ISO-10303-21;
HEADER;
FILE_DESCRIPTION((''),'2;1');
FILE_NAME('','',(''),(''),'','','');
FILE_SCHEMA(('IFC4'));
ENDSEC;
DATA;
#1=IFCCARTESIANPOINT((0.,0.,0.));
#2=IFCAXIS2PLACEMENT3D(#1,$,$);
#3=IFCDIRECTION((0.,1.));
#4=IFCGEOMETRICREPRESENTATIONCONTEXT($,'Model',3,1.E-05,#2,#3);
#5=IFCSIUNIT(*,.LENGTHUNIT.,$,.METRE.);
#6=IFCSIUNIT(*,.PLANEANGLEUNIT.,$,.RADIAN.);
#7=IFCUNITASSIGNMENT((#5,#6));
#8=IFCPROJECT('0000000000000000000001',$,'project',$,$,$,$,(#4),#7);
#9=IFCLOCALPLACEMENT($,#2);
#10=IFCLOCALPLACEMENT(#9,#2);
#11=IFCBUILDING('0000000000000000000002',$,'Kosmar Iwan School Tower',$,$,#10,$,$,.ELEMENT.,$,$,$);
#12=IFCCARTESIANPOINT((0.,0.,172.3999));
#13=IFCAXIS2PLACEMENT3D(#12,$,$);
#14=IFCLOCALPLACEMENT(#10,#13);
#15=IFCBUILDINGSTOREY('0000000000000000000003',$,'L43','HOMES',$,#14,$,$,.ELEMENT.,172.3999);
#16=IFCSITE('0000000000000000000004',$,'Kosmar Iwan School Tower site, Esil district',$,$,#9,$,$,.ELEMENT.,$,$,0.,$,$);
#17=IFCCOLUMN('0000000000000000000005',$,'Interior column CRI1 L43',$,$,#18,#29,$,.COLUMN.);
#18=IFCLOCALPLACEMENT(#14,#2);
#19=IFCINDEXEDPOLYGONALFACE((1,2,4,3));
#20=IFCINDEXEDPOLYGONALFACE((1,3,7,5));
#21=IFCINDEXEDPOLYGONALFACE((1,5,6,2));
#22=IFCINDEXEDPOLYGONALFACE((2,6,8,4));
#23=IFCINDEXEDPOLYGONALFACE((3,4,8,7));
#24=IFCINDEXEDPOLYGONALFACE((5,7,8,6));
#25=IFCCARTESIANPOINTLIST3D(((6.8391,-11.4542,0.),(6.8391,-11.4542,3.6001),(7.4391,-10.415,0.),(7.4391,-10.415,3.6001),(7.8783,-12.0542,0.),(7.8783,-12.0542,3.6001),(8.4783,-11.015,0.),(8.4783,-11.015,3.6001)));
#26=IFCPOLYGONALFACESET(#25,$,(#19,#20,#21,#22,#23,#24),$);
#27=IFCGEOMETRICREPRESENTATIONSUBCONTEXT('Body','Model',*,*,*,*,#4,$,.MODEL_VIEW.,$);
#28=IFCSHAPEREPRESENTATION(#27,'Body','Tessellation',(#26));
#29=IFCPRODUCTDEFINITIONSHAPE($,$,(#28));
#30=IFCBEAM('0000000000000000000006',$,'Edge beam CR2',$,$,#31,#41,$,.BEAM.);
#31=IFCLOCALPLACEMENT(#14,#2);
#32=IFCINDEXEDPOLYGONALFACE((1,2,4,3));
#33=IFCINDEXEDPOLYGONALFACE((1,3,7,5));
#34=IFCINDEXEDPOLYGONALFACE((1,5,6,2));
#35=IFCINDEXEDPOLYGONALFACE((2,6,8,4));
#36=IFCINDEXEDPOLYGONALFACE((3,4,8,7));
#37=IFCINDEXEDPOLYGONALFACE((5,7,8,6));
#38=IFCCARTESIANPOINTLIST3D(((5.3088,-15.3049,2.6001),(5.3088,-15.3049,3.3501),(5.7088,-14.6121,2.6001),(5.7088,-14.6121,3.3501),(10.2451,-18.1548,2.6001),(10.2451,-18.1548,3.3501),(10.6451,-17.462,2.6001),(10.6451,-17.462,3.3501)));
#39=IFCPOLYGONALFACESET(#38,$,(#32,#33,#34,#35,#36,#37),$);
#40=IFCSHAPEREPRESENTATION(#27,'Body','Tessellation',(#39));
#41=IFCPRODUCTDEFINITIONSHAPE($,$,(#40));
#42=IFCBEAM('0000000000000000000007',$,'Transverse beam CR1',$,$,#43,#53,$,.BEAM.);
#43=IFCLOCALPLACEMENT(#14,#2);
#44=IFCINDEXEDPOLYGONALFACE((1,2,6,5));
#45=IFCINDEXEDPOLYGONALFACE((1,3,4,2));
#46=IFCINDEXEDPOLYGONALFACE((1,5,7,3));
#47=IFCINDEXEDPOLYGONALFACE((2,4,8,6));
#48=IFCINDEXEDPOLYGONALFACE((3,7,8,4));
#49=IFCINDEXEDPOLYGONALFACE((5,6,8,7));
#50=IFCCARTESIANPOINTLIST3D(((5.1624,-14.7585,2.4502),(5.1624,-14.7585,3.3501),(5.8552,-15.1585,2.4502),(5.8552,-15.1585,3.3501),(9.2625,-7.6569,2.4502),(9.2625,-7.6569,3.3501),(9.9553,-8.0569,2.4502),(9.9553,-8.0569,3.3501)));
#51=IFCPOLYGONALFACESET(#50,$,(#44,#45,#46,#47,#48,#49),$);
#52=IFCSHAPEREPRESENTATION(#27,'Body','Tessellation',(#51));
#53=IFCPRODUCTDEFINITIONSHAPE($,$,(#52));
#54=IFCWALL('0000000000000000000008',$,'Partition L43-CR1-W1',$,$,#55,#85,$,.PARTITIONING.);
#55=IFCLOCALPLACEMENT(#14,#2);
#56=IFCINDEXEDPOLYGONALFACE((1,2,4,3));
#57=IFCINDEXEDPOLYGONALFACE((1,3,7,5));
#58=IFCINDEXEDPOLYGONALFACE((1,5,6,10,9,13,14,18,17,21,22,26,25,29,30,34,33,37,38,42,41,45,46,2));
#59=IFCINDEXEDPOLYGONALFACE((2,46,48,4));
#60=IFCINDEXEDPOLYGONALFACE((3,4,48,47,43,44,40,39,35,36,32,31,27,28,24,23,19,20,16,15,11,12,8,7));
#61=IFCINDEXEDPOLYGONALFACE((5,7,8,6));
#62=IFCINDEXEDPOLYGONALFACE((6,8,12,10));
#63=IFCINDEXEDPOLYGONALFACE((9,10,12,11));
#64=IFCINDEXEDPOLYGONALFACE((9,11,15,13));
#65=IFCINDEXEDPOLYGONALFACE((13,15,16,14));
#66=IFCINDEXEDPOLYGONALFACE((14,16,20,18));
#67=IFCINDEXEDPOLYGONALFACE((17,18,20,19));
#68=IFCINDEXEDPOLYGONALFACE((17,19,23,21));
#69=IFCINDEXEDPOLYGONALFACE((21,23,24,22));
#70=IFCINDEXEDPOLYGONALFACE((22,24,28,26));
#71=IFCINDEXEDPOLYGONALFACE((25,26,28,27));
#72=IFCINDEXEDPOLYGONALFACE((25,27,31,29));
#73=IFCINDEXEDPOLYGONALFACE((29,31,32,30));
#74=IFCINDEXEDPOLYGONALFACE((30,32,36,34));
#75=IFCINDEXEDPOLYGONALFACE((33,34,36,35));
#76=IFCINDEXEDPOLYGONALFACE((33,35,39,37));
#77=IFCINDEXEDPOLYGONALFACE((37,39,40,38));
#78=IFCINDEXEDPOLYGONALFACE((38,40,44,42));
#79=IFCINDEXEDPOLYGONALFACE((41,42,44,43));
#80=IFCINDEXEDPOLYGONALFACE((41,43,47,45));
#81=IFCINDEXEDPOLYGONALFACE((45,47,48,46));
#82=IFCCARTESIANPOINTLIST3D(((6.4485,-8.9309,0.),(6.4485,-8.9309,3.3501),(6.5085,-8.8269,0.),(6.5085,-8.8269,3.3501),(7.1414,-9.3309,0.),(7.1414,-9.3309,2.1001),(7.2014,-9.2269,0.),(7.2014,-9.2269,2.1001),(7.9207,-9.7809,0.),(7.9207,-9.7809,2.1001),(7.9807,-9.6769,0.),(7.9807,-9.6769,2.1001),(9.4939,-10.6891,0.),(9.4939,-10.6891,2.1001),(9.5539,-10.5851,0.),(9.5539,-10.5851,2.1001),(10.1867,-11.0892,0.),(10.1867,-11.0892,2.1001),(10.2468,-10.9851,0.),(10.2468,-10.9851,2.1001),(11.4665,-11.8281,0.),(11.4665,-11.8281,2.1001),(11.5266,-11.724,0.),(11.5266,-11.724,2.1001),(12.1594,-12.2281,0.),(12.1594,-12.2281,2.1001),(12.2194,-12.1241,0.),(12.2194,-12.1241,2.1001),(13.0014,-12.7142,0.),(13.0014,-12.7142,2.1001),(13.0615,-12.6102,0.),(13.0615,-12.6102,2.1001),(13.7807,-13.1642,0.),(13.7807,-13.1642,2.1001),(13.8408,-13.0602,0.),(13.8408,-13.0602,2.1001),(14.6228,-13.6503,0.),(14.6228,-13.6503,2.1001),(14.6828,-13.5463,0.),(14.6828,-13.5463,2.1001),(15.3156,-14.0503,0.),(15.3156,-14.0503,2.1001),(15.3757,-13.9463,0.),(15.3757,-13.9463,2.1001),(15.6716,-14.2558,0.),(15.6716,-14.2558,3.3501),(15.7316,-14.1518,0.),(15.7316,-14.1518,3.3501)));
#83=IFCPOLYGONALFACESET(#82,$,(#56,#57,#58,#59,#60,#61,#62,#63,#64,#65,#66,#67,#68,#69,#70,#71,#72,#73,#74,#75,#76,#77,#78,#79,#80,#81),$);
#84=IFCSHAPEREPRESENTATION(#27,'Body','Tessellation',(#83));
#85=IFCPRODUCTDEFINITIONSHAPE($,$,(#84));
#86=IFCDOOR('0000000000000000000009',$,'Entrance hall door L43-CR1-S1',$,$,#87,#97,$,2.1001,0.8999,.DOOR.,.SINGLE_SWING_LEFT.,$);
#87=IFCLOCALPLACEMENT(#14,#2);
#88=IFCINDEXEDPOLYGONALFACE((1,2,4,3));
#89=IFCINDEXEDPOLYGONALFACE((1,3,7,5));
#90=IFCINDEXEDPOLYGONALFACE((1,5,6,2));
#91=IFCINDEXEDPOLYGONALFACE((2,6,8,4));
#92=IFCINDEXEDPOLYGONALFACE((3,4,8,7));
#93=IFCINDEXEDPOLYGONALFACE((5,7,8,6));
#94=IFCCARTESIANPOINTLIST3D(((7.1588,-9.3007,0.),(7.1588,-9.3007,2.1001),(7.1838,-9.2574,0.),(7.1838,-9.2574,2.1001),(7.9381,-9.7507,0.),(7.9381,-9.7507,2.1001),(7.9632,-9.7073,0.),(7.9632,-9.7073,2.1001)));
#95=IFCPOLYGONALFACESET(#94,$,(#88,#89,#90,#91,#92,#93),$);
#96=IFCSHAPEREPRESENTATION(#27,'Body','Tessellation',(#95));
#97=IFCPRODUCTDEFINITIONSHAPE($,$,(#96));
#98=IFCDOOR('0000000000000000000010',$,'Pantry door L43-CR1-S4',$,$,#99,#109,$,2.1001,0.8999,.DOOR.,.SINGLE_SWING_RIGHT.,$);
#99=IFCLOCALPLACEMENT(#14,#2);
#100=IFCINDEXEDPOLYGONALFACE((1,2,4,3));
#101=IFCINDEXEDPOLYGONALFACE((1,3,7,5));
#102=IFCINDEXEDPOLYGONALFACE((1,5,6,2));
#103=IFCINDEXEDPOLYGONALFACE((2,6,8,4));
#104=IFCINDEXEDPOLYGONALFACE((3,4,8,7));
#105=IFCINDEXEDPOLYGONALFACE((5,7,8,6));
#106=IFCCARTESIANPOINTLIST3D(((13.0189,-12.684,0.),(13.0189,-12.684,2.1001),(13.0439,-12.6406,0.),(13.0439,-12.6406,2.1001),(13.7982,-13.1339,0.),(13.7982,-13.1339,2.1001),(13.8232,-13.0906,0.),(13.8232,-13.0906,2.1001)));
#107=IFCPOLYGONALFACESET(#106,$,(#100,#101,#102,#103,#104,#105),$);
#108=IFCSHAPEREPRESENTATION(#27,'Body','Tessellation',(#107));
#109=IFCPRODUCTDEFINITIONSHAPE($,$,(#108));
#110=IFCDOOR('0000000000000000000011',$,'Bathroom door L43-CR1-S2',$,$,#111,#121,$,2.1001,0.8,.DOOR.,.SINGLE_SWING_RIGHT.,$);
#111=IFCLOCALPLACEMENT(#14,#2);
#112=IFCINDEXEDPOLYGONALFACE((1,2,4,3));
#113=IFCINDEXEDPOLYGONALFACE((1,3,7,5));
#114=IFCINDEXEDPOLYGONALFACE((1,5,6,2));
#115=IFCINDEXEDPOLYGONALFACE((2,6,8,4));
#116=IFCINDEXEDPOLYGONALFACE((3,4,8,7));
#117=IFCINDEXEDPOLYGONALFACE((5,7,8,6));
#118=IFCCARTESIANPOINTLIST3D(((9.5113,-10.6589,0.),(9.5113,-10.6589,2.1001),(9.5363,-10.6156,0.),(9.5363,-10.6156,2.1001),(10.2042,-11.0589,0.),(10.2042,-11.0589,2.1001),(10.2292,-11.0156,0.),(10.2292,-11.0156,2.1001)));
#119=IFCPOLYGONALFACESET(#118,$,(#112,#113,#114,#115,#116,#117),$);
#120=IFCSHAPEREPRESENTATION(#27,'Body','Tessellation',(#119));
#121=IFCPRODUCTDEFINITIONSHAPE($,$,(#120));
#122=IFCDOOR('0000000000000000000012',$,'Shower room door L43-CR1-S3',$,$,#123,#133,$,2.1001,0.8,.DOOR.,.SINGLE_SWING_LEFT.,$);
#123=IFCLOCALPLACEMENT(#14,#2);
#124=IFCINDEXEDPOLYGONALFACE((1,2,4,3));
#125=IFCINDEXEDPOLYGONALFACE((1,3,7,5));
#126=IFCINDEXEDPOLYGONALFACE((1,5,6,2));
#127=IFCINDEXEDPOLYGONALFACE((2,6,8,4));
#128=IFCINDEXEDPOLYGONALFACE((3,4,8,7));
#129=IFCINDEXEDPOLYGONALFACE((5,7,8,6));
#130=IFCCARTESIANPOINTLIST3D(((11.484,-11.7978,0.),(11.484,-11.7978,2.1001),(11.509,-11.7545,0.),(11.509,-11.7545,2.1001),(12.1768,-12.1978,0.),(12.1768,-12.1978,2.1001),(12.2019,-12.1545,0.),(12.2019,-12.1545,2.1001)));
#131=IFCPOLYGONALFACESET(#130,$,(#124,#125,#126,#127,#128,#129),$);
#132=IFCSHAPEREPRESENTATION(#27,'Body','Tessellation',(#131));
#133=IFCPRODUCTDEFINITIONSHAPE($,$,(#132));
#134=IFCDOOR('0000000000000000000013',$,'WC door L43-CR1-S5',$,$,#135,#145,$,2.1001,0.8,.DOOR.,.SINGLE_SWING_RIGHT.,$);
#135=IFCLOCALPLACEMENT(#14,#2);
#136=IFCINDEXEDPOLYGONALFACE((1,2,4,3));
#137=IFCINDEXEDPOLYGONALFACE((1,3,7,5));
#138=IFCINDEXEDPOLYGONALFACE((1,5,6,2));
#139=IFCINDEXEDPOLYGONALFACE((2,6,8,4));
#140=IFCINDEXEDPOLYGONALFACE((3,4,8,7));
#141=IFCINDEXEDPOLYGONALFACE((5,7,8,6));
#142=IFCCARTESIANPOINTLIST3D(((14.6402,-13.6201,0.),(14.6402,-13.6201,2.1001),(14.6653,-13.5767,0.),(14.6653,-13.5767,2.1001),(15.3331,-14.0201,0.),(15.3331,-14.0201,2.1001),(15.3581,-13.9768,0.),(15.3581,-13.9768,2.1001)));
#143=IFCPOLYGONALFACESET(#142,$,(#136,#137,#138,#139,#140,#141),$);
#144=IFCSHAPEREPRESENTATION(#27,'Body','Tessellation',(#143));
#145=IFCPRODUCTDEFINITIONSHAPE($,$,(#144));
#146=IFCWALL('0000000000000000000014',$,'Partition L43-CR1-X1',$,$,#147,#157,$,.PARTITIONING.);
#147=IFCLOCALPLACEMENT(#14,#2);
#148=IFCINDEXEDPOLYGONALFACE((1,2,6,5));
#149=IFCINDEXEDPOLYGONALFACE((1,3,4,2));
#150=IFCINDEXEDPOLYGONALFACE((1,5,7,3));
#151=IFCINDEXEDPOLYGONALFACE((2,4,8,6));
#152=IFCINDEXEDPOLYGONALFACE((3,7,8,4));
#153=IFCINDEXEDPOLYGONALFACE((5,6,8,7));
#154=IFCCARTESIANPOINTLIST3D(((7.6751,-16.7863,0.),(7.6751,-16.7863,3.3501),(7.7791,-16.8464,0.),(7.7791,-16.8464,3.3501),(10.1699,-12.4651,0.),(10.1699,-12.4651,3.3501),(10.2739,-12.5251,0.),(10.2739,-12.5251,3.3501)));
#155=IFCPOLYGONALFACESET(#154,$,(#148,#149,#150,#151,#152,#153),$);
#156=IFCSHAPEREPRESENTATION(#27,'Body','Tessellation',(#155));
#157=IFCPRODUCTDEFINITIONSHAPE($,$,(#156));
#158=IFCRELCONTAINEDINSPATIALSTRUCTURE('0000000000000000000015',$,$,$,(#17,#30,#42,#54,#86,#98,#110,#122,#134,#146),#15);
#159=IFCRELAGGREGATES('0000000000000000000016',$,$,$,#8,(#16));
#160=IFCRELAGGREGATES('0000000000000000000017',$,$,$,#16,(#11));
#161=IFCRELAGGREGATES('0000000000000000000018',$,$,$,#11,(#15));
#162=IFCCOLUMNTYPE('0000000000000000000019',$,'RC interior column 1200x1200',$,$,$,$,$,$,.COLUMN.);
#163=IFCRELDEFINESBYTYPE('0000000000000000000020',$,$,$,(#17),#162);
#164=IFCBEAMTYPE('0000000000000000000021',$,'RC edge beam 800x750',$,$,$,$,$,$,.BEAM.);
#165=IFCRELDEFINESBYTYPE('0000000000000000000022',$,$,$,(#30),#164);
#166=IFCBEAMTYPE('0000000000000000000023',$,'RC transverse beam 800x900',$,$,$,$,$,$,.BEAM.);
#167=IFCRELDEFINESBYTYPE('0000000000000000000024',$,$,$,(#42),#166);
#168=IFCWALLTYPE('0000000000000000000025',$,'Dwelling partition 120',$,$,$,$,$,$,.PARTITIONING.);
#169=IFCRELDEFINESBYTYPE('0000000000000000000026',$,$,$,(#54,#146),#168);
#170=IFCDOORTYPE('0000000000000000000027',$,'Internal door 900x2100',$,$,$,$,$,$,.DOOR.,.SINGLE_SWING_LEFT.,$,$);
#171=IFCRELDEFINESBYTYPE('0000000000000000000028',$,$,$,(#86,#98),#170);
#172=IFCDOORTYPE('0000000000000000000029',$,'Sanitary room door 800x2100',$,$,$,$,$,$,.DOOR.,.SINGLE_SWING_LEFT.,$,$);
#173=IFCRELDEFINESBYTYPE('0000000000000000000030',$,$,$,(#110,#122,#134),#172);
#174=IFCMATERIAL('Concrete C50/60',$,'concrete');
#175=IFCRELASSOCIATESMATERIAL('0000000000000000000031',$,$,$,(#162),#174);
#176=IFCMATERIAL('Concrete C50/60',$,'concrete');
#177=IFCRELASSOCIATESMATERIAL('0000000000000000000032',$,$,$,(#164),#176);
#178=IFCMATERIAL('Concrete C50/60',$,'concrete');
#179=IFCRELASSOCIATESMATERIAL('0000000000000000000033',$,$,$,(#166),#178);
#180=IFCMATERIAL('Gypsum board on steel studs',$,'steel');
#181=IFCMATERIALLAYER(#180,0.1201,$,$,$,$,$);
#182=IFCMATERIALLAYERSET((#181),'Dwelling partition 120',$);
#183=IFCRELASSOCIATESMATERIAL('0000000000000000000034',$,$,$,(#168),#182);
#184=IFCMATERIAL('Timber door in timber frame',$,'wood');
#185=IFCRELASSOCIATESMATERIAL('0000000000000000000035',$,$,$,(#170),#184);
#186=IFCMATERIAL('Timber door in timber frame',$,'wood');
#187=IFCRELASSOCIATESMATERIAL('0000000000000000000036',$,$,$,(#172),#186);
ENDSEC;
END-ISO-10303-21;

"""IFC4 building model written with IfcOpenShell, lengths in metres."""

from ifc_helpers import new_model, si_unit, direction, frame, frame_2d, origin, origin_2d, place, context, subcontext, project, spatial, rectangle, extrude, material, layer, layer_set, material_profile, profile_set, type_object, element, fill, save


model = new_model("IFC4")

# Units and contexts
model_context = context("Model", 3, precision=1e-05, world=origin(), true_north=direction((0.0, 1.0)))
body_context = subcontext(model_context, "Body", "Model", "MODEL_VIEW")
ifc_project = project(units=[si_unit("LENGTHUNIT", "METRE"), si_unit("PLANEANGLEUNIT", "RADIAN")], contexts=[model_context])

# Site, building, storey
site_placement = place(None, origin())
site = spatial("IfcSite", under=ifc_project, at=site_placement, Name="Kosmar Iwan School Tower site, Esil district", CompositionType="ELEMENT", RefElevation=0.0)
building_placement = place(site_placement, origin())
building = spatial("IfcBuilding", under=site, at=building_placement, Name="Kosmar Iwan School Tower", CompositionType="ELEMENT")
storey_placement = place(building_placement, frame((0.0, 0.0, 172.3999)))
storey = spatial("IfcBuildingStorey", under=building, at=storey_placement, Name="L43", Description="HOMES", CompositionType="ELEMENT", Elevation=172.3999)

# Column
ifc_material_1 = material(Name="Concrete C50/60", Category="concrete")
ifc_material_profile_1 = material_profile(ifc_material_1, rectangle(XDim=1.2, YDim=1.2, at=origin_2d()), Name="RC 1200x1200")
ifc_profile_set_1 = profile_set([ifc_material_profile_1], Name="Concrete C50/60")
column_type = type_object("IfcColumnType", Name="RC interior column 1200x1200", PredefinedType="COLUMN", material=ifc_profile_set_1)
column_placement = place(storey_placement, frame((7.6587, -11.2346, 0.0), z_axis=(0.0, 0.0, 1.0), x_axis=(0.866025, -0.5, 0.0)))
element("IfcColumn", 1, at=column_placement, inside=storey, type_object=column_type, Name="Interior column CRI1 L43", PredefinedType="COLUMN", context=body_context, shape_type="SweptSolid", body=[
    extrude(rectangle(XDim=1.2, YDim=1.2, at=origin_2d()), origin(), (0.0, 0.0, 1.0), 3.6001),
])

# Beams
ifc_material_2 = material(Name="Concrete C50/60", Category="concrete")
ifc_material_profile_2 = material_profile(ifc_material_2, rectangle(XDim=0.8, YDim=0.75, at=origin_2d()), Name="RC 800x750")
ifc_profile_set_2 = profile_set([ifc_material_profile_2], Name="Concrete C50/60")
beam_type_1 = type_object("IfcBeamType", Name="RC edge beam 800x750", PredefinedType="BEAM", material=ifc_profile_set_2)
beam_1_placement = place(storey_placement, frame((5.5088, -14.9585, 2.9751), z_axis=(0.866034, -0.499986, 0.0), x_axis=(0.499986, 0.866034, 0.0)))
element("IfcBeam", 2, at=beam_1_placement, inside=storey, type_object=beam_type_1, Name="Edge beam CR2", PredefinedType="BEAM", context=body_context, shape_type="SweptSolid", body=[
    extrude(rectangle(XDim=0.8, YDim=0.75, at=origin_2d()), origin(), (0.0, 0.0, 1.0), 5.7),
])
ifc_material_3 = material(Name="Concrete C50/60", Category="concrete")
ifc_material_profile_3 = material_profile(ifc_material_3, rectangle(XDim=0.8, YDim=0.8999, at=origin_2d()), Name="RC 800x900")
ifc_profile_set_3 = profile_set([ifc_material_profile_3], Name="Concrete C50/60")
beam_type_2 = type_object("IfcBeamType", Name="RC transverse beam 800x900", PredefinedType="BEAM", material=ifc_profile_set_3)
beam_2_placement = place(storey_placement, frame((5.5088, -14.9585, 2.9001), z_axis=(0.500001, 0.866025, 0.0), x_axis=(-0.866025, 0.500001, 0.0)))
element("IfcBeam", 3, at=beam_2_placement, inside=storey, type_object=beam_type_2, Name="Transverse beam CR1", PredefinedType="BEAM", context=body_context, shape_type="SweptSolid", body=[
    extrude(rectangle(XDim=0.8, YDim=0.8999, at=origin_2d()), origin(), (0.0, 0.0, 1.0), 8.2002),
])

# Wall, openings, doors
ifc_material_4 = material(Name="Gypsum board on steel studs", Category="steel")
ifc_layer = layer(ifc_material_4, 0.1201)
ifc_layer_set = layer_set([ifc_layer], Name="Dwelling partition 120")
wall_type = type_object("IfcWallType", Name="Dwelling partition 120", PredefinedType="PARTITIONING", material=ifc_layer_set)
wall_1_placement = place(storey_placement, frame((6.4785, -8.8789, 0.0), z_axis=(0.0, 0.0, 1.0), x_axis=(0.866027, -0.499998, 0.0)))
wall_1 = element("IfcWall", 4, at=wall_1_placement, inside=storey, type_object=wall_type, Name="Partition L43-CR1-W1", PredefinedType="PARTITIONING", context=body_context, shape_type="SweptSolid", body=[
    extrude(rectangle(XDim=10.6499, YDim=0.1201, at=frame_2d((5.325, 0.0))), origin(), (0.0, 0.0, 1.0), 3.3501),
])
opening_1_placement = place(wall_1_placement, frame((0.8, 0.0, 0.0)))
opening_1 = element("IfcOpeningElement", 5, at=opening_1_placement, cuts=wall_1, PredefinedType="OPENING", context=body_context, shape_type="SweptSolid", body=[
    extrude(rectangle(XDim=0.8999, YDim=2.1001, at=frame_2d((0.45, 1.05))), frame((0.0, 0.072, 0.0), z_axis=(0.0, -1.0, 0.0), x_axis=(1.0, 0.0, 0.0)), (0.0, 0.0, 1.0), 0.144),
])
opening_2_placement = place(wall_1_placement, frame((3.5166, 0.0, 0.0)))
opening_2 = element("IfcOpeningElement", 6, at=opening_2_placement, cuts=wall_1, PredefinedType="OPENING", context=body_context, shape_type="SweptSolid", body=[
    extrude(rectangle(XDim=0.8, YDim=2.1001, at=frame_2d((0.3999, 1.05))), frame((0.0, 0.072, 0.0), z_axis=(0.0, -1.0, 0.0), x_axis=(1.0, 0.0, 0.0)), (0.0, 0.0, 1.0), 0.144),
])
opening_3_placement = place(wall_1_placement, frame((5.7944, 0.0, 0.0)))
opening_3 = element("IfcOpeningElement", 7, at=opening_3_placement, cuts=wall_1, PredefinedType="OPENING", context=body_context, shape_type="SweptSolid", body=[
    extrude(rectangle(XDim=0.8, YDim=2.1001, at=frame_2d((0.3999, 1.05))), frame((0.0, 0.072, 0.0), z_axis=(0.0, -1.0, 0.0), x_axis=(1.0, 0.0, 0.0)), (0.0, 0.0, 1.0), 0.144),
])
opening_4_placement = place(wall_1_placement, frame((7.5667, 0.0, 0.0)))
opening_4 = element("IfcOpeningElement", 8, at=opening_4_placement, cuts=wall_1, PredefinedType="OPENING", context=body_context, shape_type="SweptSolid", body=[
    extrude(rectangle(XDim=0.8999, YDim=2.1001, at=frame_2d((0.45, 1.05))), frame((0.0, 0.072, 0.0), z_axis=(0.0, -1.0, 0.0), x_axis=(1.0, 0.0, 0.0)), (0.0, 0.0, 1.0), 0.144),
])
opening_5_placement = place(wall_1_placement, frame((9.439, 0.0, 0.0)))
opening_5 = element("IfcOpeningElement", 9, at=opening_5_placement, cuts=wall_1, PredefinedType="OPENING", context=body_context, shape_type="SweptSolid", body=[
    extrude(rectangle(XDim=0.8, YDim=2.1001, at=frame_2d((0.3999, 1.05))), frame((0.0, 0.072, 0.0), z_axis=(0.0, -1.0, 0.0), x_axis=(1.0, 0.0, 0.0)), (0.0, 0.0, 1.0), 0.144),
])
ifc_material_5 = material(Name="Timber door in timber frame", Category="wood")
door_type_1 = type_object("IfcDoorType", Name="Internal door 900x2100", OperationType="SINGLE_SWING_LEFT", PredefinedType="DOOR", material=ifc_material_5)
door_1_placement = place(opening_1_placement, origin())
door_1 = element("IfcDoor", 10, at=door_1_placement, inside=storey, type_object=door_type_1, Name="Entrance hall door L43-CR1-S1", OperationType="SINGLE_SWING_LEFT", OverallHeight=2.1001, OverallWidth=0.8999, PredefinedType="DOOR", context=body_context, shape_type="SweptSolid", body=[
    extrude(rectangle(XDim=0.8999, YDim=2.1001, at=frame_2d((0.45, 1.05))), frame((0.0, 0.0249, 0.0), z_axis=(0.0, -1.0, 0.0), x_axis=(1.0, 0.0, 0.0)), (0.0, 0.0, 1.0), 0.05),
])
fill(opening_1, door_1)
door_2_placement = place(opening_4_placement, origin())
door_2 = element("IfcDoor", 11, at=door_2_placement, inside=storey, type_object=door_type_1, Name="Pantry door L43-CR1-S4", OperationType="SINGLE_SWING_RIGHT", OverallHeight=2.1001, OverallWidth=0.8999, PredefinedType="DOOR", context=body_context, shape_type="SweptSolid", body=[
    extrude(rectangle(XDim=0.8999, YDim=2.1001, at=frame_2d((0.45, 1.05))), frame((0.0, 0.0249, 0.0), z_axis=(0.0, -1.0, 0.0), x_axis=(1.0, 0.0, 0.0)), (0.0, 0.0, 1.0), 0.05),
])
fill(opening_4, door_2)
ifc_material_6 = material(Name="Timber door in timber frame", Category="wood")
door_type_2 = type_object("IfcDoorType", Name="Sanitary room door 800x2100", OperationType="SINGLE_SWING_LEFT", PredefinedType="DOOR", material=ifc_material_6)
door_3_placement = place(opening_2_placement, origin())
door_3 = element("IfcDoor", 12, at=door_3_placement, inside=storey, type_object=door_type_2, Name="Bathroom door L43-CR1-S2", OperationType="SINGLE_SWING_RIGHT", OverallHeight=2.1001, OverallWidth=0.8, PredefinedType="DOOR", context=body_context, shape_type="SweptSolid", body=[
    extrude(rectangle(XDim=0.8, YDim=2.1001, at=frame_2d((0.3999, 1.05))), frame((0.0, 0.0249, 0.0), z_axis=(0.0, -1.0, 0.0), x_axis=(1.0, 0.0, 0.0)), (0.0, 0.0, 1.0), 0.05),
])
fill(opening_2, door_3)
door_4_placement = place(opening_3_placement, origin())
door_4 = element("IfcDoor", 13, at=door_4_placement, inside=storey, type_object=door_type_2, Name="Shower room door L43-CR1-S3", OperationType="SINGLE_SWING_LEFT", OverallHeight=2.1001, OverallWidth=0.8, PredefinedType="DOOR", context=body_context, shape_type="SweptSolid", body=[
    extrude(rectangle(XDim=0.8, YDim=2.1001, at=frame_2d((0.3999, 1.05))), frame((0.0, 0.0249, 0.0), z_axis=(0.0, -1.0, 0.0), x_axis=(1.0, 0.0, 0.0)), (0.0, 0.0, 1.0), 0.05),
])
fill(opening_3, door_4)
door_5_placement = place(opening_5_placement, origin())
door_5 = element("IfcDoor", 14, at=door_5_placement, inside=storey, type_object=door_type_2, Name="WC door L43-CR1-S5", OperationType="SINGLE_SWING_RIGHT", OverallHeight=2.1001, OverallWidth=0.8, PredefinedType="DOOR", context=body_context, shape_type="SweptSolid", body=[
    extrude(rectangle(XDim=0.8, YDim=2.1001, at=frame_2d((0.3999, 1.05))), frame((0.0, 0.0249, 0.0), z_axis=(0.0, -1.0, 0.0), x_axis=(1.0, 0.0, 0.0)), (0.0, 0.0, 1.0), 0.05),
])
fill(opening_5, door_5)

# Wall
wall_2_placement = place(storey_placement, frame((10.2219, -12.4951, 0.0), z_axis=(0.0, 0.0, 1.0), x_axis=(-0.499996, -0.866028, 0.0)))
element("IfcWall", 15, at=wall_2_placement, inside=storey, type_object=wall_type, Name="Partition L43-CR1-X1", PredefinedType="PARTITIONING", context=body_context, shape_type="SweptSolid", body=[
    extrude(rectangle(XDim=4.9897, YDim=0.1201, at=frame_2d((2.4949, 0.0))), origin(), (0.0, 0.0, 1.0), 3.3501),
])

save(model, "model.ifc")
